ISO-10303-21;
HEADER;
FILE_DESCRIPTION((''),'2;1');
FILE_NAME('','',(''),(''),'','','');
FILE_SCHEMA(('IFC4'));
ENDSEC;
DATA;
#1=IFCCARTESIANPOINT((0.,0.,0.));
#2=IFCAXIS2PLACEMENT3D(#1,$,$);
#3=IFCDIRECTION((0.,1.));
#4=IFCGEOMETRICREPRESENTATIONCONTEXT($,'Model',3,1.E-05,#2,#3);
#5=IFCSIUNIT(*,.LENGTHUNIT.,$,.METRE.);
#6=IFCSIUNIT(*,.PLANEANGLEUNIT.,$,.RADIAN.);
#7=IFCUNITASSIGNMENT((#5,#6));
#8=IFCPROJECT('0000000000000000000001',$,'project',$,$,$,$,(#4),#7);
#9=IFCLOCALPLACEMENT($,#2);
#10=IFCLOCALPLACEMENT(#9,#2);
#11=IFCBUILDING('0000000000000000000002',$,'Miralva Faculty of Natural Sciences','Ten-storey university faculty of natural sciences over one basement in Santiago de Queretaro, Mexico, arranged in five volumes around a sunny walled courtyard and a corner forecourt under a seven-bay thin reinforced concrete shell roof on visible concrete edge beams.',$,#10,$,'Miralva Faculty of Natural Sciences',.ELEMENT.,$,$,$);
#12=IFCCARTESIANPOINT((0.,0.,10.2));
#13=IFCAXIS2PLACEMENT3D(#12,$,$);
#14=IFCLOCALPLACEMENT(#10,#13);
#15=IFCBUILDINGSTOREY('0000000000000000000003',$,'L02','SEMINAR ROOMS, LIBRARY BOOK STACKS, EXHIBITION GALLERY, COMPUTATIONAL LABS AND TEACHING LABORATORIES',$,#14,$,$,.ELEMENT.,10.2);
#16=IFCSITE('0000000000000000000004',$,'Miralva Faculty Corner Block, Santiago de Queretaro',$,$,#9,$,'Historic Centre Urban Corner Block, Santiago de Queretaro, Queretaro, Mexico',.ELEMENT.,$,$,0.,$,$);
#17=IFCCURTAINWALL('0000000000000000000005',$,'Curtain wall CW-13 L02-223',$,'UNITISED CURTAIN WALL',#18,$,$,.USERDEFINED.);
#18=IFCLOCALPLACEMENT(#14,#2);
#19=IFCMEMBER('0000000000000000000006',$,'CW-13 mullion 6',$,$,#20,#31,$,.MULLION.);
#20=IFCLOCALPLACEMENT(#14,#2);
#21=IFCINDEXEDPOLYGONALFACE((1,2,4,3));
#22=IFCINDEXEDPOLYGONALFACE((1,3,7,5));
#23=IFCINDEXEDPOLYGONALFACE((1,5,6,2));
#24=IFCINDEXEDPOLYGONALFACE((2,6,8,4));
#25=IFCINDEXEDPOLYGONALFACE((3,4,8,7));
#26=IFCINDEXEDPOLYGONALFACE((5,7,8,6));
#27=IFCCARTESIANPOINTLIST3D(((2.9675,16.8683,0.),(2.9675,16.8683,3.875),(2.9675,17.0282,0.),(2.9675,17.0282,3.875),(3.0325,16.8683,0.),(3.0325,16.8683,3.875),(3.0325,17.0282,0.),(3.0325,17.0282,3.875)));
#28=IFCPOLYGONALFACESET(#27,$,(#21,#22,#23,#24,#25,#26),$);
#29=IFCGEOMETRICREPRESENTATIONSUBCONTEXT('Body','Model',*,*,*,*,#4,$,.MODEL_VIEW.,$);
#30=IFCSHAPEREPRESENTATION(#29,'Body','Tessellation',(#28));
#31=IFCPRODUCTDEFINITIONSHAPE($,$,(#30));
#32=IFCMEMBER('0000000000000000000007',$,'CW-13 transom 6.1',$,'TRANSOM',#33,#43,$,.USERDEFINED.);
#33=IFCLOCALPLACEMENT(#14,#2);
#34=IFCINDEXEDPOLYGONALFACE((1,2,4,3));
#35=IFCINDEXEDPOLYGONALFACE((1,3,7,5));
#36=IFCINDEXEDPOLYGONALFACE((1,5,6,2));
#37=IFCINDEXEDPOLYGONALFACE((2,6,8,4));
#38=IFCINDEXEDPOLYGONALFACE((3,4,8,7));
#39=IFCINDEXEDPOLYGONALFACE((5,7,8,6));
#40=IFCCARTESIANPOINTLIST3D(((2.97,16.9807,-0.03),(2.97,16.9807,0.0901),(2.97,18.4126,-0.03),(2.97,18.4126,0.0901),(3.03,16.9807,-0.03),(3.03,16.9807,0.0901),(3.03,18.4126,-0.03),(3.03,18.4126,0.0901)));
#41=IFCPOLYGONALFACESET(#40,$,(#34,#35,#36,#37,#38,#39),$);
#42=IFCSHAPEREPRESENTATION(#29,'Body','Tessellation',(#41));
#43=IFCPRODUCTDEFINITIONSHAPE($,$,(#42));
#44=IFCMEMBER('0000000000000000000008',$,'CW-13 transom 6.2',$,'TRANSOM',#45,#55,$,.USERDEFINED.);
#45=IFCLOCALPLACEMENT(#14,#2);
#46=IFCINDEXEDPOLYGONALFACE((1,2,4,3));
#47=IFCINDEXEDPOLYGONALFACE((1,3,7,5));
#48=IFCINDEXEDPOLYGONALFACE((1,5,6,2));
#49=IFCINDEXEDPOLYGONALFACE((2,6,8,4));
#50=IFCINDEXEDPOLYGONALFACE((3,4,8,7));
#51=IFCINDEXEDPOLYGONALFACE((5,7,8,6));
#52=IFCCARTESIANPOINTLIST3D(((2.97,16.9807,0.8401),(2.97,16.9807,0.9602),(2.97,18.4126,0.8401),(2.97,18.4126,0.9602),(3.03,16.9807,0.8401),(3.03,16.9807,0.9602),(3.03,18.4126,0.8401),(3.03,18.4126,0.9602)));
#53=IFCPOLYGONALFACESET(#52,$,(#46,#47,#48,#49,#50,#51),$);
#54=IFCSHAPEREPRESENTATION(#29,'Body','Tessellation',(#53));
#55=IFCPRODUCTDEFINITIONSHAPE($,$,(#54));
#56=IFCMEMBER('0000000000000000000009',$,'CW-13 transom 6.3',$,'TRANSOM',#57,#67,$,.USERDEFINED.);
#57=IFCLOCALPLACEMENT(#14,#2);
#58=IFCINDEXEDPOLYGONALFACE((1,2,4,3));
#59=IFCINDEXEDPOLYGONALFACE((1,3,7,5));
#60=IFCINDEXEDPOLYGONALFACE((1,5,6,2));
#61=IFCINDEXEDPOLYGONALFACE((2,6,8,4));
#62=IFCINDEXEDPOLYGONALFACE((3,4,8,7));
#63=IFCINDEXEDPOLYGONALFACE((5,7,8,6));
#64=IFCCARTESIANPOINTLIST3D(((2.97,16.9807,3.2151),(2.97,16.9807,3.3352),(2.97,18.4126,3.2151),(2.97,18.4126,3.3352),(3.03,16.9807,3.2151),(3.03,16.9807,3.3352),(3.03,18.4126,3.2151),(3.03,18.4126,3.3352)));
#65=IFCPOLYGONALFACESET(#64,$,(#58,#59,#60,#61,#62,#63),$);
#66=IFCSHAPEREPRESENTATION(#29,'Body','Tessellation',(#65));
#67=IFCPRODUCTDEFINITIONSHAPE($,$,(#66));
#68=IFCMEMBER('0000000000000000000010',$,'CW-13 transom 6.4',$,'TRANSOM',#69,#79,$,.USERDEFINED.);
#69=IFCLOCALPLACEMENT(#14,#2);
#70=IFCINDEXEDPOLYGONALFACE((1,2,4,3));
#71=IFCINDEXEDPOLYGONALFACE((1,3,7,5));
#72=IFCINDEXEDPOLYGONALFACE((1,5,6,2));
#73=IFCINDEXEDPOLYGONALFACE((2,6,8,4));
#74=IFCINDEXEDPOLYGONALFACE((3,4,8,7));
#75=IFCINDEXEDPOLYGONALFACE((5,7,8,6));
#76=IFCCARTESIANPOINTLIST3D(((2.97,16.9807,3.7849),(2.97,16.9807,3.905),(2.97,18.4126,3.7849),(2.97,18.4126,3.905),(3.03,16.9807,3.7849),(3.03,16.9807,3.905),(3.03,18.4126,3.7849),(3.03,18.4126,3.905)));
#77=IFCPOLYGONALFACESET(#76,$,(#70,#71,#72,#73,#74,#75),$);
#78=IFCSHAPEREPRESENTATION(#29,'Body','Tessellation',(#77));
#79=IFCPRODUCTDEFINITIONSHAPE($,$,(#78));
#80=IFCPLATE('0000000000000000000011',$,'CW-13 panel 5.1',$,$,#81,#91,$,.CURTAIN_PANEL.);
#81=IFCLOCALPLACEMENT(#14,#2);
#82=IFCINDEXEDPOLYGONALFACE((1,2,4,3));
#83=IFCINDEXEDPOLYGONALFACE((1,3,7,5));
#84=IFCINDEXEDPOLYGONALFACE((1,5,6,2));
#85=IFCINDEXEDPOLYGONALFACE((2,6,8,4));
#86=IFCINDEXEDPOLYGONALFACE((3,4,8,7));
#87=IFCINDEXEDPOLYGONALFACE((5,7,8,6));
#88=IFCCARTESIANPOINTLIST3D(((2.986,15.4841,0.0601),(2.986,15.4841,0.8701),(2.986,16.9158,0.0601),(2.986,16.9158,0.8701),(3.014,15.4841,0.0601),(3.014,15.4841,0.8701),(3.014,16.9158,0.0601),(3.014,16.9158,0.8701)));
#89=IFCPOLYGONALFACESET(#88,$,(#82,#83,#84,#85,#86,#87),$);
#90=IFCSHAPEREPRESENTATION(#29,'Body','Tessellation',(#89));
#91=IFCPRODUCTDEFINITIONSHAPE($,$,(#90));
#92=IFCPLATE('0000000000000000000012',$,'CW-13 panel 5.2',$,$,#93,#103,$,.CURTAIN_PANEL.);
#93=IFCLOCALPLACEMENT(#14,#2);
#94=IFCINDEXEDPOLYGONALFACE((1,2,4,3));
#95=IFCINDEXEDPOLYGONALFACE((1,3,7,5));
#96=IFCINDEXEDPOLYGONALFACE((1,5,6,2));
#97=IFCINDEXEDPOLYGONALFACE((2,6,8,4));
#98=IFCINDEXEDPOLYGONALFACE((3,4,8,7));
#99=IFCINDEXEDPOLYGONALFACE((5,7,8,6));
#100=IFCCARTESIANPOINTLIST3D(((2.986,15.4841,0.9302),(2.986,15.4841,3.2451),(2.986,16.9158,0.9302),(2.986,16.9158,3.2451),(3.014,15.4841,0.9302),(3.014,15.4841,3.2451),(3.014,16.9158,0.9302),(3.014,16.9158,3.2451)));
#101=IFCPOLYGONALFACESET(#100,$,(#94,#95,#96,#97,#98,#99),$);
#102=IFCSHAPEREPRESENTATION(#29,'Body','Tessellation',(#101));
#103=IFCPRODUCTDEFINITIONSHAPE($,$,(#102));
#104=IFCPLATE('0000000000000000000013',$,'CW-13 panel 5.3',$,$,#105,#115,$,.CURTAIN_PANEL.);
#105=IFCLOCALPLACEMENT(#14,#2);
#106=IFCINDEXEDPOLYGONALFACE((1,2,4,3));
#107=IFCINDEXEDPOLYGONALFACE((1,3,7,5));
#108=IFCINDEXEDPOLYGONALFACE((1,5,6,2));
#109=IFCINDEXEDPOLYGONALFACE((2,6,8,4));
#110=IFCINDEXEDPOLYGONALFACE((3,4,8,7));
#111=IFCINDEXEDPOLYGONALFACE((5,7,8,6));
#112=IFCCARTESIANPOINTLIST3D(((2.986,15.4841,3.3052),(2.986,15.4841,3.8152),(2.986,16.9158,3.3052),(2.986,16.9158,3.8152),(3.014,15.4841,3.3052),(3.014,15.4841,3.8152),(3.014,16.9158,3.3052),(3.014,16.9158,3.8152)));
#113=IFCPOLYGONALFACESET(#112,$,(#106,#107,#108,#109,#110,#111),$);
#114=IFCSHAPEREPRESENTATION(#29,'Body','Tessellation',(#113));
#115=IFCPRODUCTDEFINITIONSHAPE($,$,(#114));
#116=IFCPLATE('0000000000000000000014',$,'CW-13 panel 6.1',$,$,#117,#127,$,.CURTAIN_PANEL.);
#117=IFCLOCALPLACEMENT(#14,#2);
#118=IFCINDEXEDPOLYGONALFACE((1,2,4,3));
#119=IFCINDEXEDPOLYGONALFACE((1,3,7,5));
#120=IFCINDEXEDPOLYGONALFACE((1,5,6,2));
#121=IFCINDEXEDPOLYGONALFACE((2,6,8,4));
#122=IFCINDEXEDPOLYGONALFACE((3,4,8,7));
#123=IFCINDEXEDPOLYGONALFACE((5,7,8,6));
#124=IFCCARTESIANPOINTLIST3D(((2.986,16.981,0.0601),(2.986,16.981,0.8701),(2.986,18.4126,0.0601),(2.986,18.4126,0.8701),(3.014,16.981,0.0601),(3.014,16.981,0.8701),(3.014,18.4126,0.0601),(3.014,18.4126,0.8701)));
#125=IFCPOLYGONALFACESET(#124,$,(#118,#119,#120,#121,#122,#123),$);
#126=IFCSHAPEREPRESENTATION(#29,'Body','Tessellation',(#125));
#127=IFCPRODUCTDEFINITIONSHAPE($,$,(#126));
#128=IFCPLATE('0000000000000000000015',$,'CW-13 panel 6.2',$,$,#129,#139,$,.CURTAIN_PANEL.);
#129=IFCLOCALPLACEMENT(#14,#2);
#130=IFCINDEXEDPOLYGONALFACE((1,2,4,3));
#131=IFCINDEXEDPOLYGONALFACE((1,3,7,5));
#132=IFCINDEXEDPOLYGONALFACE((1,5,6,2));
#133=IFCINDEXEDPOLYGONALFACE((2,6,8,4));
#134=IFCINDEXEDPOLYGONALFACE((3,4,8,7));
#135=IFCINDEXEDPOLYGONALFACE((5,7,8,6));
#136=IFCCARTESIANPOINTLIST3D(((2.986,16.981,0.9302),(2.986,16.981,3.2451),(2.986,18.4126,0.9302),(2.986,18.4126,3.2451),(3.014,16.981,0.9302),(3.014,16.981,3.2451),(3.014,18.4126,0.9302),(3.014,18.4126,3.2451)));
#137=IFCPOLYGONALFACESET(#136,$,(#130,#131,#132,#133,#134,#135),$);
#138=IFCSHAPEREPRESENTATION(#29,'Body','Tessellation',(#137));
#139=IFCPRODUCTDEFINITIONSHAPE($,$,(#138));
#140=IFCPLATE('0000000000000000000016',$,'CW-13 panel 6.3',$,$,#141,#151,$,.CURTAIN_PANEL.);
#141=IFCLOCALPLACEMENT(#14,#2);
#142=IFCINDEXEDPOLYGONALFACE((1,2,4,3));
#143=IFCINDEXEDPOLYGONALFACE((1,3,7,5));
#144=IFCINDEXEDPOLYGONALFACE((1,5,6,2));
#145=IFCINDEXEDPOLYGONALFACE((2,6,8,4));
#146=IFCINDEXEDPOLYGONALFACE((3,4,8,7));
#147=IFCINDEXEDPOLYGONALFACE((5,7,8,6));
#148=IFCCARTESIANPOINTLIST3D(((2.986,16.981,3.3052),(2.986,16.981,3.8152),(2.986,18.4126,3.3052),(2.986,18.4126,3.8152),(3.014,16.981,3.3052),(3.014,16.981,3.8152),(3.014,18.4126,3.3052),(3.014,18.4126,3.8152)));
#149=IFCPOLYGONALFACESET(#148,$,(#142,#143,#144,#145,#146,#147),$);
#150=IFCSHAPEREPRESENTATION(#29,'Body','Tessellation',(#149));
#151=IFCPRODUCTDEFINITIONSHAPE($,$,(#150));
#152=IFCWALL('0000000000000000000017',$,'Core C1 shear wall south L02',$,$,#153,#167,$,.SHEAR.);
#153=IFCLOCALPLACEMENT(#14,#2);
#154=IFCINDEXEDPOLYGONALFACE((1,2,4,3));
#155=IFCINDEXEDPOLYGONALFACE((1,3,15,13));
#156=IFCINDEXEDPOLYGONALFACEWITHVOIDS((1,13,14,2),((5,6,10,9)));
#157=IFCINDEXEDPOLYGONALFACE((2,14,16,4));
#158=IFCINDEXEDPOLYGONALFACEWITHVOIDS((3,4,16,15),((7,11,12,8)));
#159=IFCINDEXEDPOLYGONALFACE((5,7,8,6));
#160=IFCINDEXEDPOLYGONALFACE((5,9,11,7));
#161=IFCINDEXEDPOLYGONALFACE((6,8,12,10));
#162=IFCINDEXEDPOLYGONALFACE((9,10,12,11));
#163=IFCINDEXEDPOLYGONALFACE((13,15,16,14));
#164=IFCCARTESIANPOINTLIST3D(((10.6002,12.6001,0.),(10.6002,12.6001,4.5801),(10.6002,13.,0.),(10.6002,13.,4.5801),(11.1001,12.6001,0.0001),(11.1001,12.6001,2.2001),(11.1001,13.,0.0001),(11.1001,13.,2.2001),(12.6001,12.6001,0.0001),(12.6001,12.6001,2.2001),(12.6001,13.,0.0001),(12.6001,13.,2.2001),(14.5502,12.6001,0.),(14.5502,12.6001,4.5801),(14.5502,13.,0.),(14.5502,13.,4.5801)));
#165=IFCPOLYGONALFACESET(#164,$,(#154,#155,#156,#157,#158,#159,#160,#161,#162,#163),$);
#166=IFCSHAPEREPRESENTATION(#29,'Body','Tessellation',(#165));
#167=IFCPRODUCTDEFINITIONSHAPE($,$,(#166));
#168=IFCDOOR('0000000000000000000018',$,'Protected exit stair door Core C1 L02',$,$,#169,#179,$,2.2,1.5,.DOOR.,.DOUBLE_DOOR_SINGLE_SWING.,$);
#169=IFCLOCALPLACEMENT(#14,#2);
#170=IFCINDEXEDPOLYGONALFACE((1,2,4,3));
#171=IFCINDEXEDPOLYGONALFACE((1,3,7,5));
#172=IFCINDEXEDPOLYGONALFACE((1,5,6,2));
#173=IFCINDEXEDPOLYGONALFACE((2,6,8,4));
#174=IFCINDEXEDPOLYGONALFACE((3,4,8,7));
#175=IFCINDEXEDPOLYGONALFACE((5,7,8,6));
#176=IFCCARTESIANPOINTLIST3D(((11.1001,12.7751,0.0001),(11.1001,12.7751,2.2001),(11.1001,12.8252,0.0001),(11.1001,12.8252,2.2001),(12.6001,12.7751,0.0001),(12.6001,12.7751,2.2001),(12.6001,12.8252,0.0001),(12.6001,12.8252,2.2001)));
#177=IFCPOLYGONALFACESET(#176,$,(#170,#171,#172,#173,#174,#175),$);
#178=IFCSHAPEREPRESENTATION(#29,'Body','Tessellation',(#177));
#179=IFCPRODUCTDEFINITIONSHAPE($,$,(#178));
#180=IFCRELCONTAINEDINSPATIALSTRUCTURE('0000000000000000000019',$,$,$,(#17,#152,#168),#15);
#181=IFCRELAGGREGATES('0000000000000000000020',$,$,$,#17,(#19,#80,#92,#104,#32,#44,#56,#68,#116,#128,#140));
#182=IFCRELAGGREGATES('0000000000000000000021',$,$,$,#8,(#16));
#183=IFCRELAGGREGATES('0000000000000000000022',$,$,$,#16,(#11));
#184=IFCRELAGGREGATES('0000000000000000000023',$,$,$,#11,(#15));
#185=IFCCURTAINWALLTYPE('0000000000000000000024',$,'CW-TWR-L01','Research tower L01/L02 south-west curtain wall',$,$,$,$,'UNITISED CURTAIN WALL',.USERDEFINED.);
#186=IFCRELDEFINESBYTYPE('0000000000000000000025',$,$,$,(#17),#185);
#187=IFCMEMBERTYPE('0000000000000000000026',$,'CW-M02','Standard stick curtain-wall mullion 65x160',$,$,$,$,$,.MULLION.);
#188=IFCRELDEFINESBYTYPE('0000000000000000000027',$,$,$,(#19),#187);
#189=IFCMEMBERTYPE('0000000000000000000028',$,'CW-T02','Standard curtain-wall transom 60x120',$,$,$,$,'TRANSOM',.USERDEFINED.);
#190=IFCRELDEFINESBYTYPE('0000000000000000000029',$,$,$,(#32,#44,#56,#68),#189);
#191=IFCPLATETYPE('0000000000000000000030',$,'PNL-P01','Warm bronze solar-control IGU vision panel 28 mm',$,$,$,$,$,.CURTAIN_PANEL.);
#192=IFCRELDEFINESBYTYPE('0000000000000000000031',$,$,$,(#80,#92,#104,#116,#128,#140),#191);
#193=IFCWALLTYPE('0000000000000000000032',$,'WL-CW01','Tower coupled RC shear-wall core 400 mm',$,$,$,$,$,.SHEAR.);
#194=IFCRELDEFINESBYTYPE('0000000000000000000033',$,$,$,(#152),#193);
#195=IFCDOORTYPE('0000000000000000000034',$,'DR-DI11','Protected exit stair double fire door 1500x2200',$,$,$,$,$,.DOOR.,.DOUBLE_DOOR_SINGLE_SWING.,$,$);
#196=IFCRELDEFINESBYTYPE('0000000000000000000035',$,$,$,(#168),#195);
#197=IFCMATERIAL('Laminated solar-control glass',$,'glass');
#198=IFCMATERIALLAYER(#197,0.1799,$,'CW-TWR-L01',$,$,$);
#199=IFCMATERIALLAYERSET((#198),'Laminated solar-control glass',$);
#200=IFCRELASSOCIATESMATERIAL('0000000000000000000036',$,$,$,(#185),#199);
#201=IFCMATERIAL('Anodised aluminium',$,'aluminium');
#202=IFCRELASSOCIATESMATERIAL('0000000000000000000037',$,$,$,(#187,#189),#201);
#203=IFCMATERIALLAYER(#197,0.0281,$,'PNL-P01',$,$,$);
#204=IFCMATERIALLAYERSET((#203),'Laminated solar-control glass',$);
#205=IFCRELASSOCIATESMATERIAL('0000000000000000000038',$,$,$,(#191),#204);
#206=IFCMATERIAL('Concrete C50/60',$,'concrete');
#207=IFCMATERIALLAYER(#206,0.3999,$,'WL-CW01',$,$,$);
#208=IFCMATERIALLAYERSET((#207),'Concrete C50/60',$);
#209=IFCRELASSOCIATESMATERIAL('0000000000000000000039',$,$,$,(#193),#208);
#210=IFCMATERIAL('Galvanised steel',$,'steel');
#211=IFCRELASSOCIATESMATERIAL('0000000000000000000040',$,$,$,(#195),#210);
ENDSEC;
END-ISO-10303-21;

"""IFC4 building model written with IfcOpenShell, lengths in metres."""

from ifc_helpers import new_model, si_unit, direction, frame, frame_2d, origin, origin_2d, place, context, subcontext, project, spatial, rectangle, extrude, material, layer, layer_set, material_profile, profile_set, type_object, element, fill, aggregate, save


model = new_model("IFC4")

# Units and contexts
model_context = context("Model", 3, precision=1e-05, world=origin(), true_north=direction((0.0, 1.0)))
body_context = subcontext(model_context, "Body", "Model", "MODEL_VIEW")
ifc_project = project(units=[si_unit("LENGTHUNIT", "METRE"), si_unit("PLANEANGLEUNIT", "RADIAN")], contexts=[model_context])

# Site, building, storey
site_placement = place(None, origin())
site = spatial("IfcSite", under=ifc_project, at=site_placement, Name="Miralva Faculty Corner Block, Santiago de Queretaro", LongName="Historic Centre Urban Corner Block, Santiago de Queretaro, Queretaro, Mexico", CompositionType="ELEMENT", RefElevation=0.0)
building_placement = place(site_placement, origin())
building = spatial("IfcBuilding", under=site, at=building_placement, Name="Miralva Faculty of Natural Sciences", Description="Ten-storey university faculty of natural sciences over one basement in Santiago de Queretaro, Mexico, arranged in five volumes around a sunny walled courtyard and a corner forecourt under a seven-bay thin reinforced concrete shell roof on visible concrete edge beams.", LongName="Miralva Faculty of Natural Sciences", CompositionType="ELEMENT")
storey_placement = place(building_placement, frame((0.0, 0.0, 10.2)))
storey = spatial("IfcBuildingStorey", under=building, at=storey_placement, Name="L02", Description="SEMINAR ROOMS, LIBRARY BOOK STACKS, EXHIBITION GALLERY, COMPUTATIONAL LABS AND TEACHING LABORATORIES", CompositionType="ELEMENT", Elevation=10.2)

# Curtain wall, members, plates
ifc_material_1 = material(Name="Laminated solar-control glass", Category="glass")
ifc_layer_1 = layer(ifc_material_1, 0.1799, Name="CW-TWR-L01")
ifc_layer_set_1 = layer_set([ifc_layer_1], Name="Laminated solar-control glass")
curtain_wall_type = type_object("IfcCurtainWallType", Name="CW-TWR-L01", Description="Research tower L01/L02 south-west curtain wall", ElementType="UNITISED CURTAIN WALL", PredefinedType="USERDEFINED", material=ifc_layer_set_1)
curtain_wall_placement = place(storey_placement, origin())
curtain_wall = element("IfcCurtainWall", 1, at=curtain_wall_placement, inside=storey, type_object=curtain_wall_type, Name="Curtain wall CW-13 L02-223", ObjectType="UNITISED CURTAIN WALL", PredefinedType="USERDEFINED")
ifc_material_2 = material(Name="Anodised aluminium", Category="aluminium")
ifc_material_profile_1 = material_profile(ifc_material_2, rectangle(XDim=0.0649, YDim=0.1599, at=origin_2d()), Name="MULLION 65x160")
ifc_profile_set_1 = profile_set([ifc_material_profile_1], Name="Anodised aluminium")
member_type_1 = type_object("IfcMemberType", Name="CW-M02", Description="Standard stick curtain-wall mullion 65x160", PredefinedType="MULLION", material=ifc_profile_set_1)
member_1_placement = place(storey_placement, frame((3.0, 16.9482, 0.0), z_axis=(0.0, 0.0, 1.0), x_axis=(-1.0, 0.0, 0.0)))
member_1 = element("IfcMember", 2, at=member_1_placement, type_object=member_type_1, Name="CW-13 mullion 6", PredefinedType="MULLION", context=body_context, shape_type="SweptSolid", body=[
    extrude(rectangle(XDim=0.0649, YDim=0.1599, at=origin_2d()), origin(), (0.0, 0.0, 1.0), 3.875),
])
ifc_material_profile_2 = material_profile(ifc_material_2, rectangle(XDim=0.0601, YDim=0.1201, at=origin_2d()), Name="TRANSOM 60x120")
ifc_profile_set_2 = profile_set([ifc_material_profile_2], Name="Anodised aluminium")
member_type_2 = type_object("IfcMemberType", Name="CW-T02", Description="Standard curtain-wall transom 60x120", ElementType="TRANSOM", PredefinedType="USERDEFINED", material=ifc_profile_set_2)
member_2_placement = place(storey_placement, frame((3.0, 16.9807, 0.03), z_axis=(0.0, 1.0, 0.0), x_axis=(-1.0, 0.0, 0.0)))
member_2 = element("IfcMember", 3, at=member_2_placement, type_object=member_type_2, Name="CW-13 transom 6.1", ObjectType="TRANSOM", PredefinedType="USERDEFINED", context=body_context, shape_type="SweptSolid", body=[
    extrude(rectangle(XDim=0.0601, YDim=0.1201, at=origin_2d()), origin(), (0.0, 0.0, 1.0), 1.4319),
])
member_3_placement = place(storey_placement, frame((3.0, 16.9807, 0.9001), z_axis=(0.0, 1.0, 0.0), x_axis=(-1.0, 0.0, 0.0)))
member_3 = element("IfcMember", 4, at=member_3_placement, type_object=member_type_2, Name="CW-13 transom 6.2", ObjectType="TRANSOM", PredefinedType="USERDEFINED", context=body_context, shape_type="SweptSolid", body=[
    extrude(rectangle(XDim=0.0601, YDim=0.1201, at=origin_2d()), origin(), (0.0, 0.0, 1.0), 1.4319),
])
member_4_placement = place(storey_placement, frame((3.0, 16.9807, 3.2751), z_axis=(0.0, 1.0, 0.0), x_axis=(-1.0, 0.0, 0.0)))
member_4 = element("IfcMember", 5, at=member_4_placement, type_object=member_type_2, Name="CW-13 transom 6.3", ObjectType="TRANSOM", PredefinedType="USERDEFINED", context=body_context, shape_type="SweptSolid", body=[
    extrude(rectangle(XDim=0.0601, YDim=0.1201, at=origin_2d()), origin(), (0.0, 0.0, 1.0), 1.4319),
])
member_5_placement = place(storey_placement, frame((3.0, 16.9807, 3.845), z_axis=(0.0, 1.0, 0.0), x_axis=(-1.0, 0.0, 0.0)))
member_5 = element("IfcMember", 6, at=member_5_placement, type_object=member_type_2, Name="CW-13 transom 6.4", ObjectType="TRANSOM", PredefinedType="USERDEFINED", context=body_context, shape_type="SweptSolid", body=[
    extrude(rectangle(XDim=0.0601, YDim=0.1201, at=origin_2d()), origin(), (0.0, 0.0, 1.0), 1.4319),
])
ifc_layer_2 = layer(ifc_material_1, 0.0281, Name="PNL-P01")
ifc_layer_set_2 = layer_set([ifc_layer_2], Name="Laminated solar-control glass")
plate_type = type_object("IfcPlateType", Name="PNL-P01", Description="Warm bronze solar-control IGU vision panel 28 mm", PredefinedType="CURTAIN_PANEL", material=ifc_layer_set_2)
plate_1_placement = place(storey_placement, frame((3.0, 16.2, 0.0601), z_axis=(0.0, 0.0, 1.0), x_axis=(0.0, 1.0, 0.0)))
plate_1 = element("IfcPlate", 7, at=plate_1_placement, type_object=plate_type, Name="CW-13 panel 5.1", PredefinedType="CURTAIN_PANEL", context=body_context, shape_type="SweptSolid", body=[
    extrude(rectangle(XDim=1.4316, YDim=0.0281, at=origin_2d()), origin(), (0.0, 0.0, 1.0), 0.8101),
])
plate_2_placement = place(storey_placement, frame((3.0, 16.2, 0.9302), z_axis=(0.0, 0.0, 1.0), x_axis=(0.0, 1.0, 0.0)))
plate_2 = element("IfcPlate", 8, at=plate_2_placement, type_object=plate_type, Name="CW-13 panel 5.2", PredefinedType="CURTAIN_PANEL", context=body_context, shape_type="SweptSolid", body=[
    extrude(rectangle(XDim=1.4316, YDim=0.0281, at=origin_2d()), origin(), (0.0, 0.0, 1.0), 2.3149),
])
plate_3_placement = place(storey_placement, frame((3.0, 16.2, 3.3052), z_axis=(0.0, 0.0, 1.0), x_axis=(0.0, 1.0, 0.0)))
plate_3 = element("IfcPlate", 9, at=plate_3_placement, type_object=plate_type, Name="CW-13 panel 5.3", PredefinedType="CURTAIN_PANEL", context=body_context, shape_type="SweptSolid", body=[
    extrude(rectangle(XDim=1.4316, YDim=0.0281, at=origin_2d()), origin(), (0.0, 0.0, 1.0), 0.51),
])
plate_4_placement = place(storey_placement, frame((3.0, 17.6968, 0.0601), z_axis=(0.0, 0.0, 1.0), x_axis=(0.0, 1.0, 0.0)))
plate_4 = element("IfcPlate", 10, at=plate_4_placement, type_object=plate_type, Name="CW-13 panel 6.1", PredefinedType="CURTAIN_PANEL", context=body_context, shape_type="SweptSolid", body=[
    extrude(rectangle(XDim=1.4316, YDim=0.0281, at=origin_2d()), origin(), (0.0, 0.0, 1.0), 0.8101),
])
plate_5_placement = place(storey_placement, frame((3.0, 17.6968, 0.9302), z_axis=(0.0, 0.0, 1.0), x_axis=(0.0, 1.0, 0.0)))
plate_5 = element("IfcPlate", 11, at=plate_5_placement, type_object=plate_type, Name="CW-13 panel 6.2", PredefinedType="CURTAIN_PANEL", context=body_context, shape_type="SweptSolid", body=[
    extrude(rectangle(XDim=1.4316, YDim=0.0281, at=origin_2d()), origin(), (0.0, 0.0, 1.0), 2.3149),
])
plate_6_placement = place(storey_placement, frame((3.0, 17.6968, 3.3052), z_axis=(0.0, 0.0, 1.0), x_axis=(0.0, 1.0, 0.0)))
plate_6 = element("IfcPlate", 12, at=plate_6_placement, type_object=plate_type, Name="CW-13 panel 6.3", PredefinedType="CURTAIN_PANEL", context=body_context, shape_type="SweptSolid", body=[
    extrude(rectangle(XDim=1.4316, YDim=0.0281, at=origin_2d()), origin(), (0.0, 0.0, 1.0), 0.51),
])
aggregate(curtain_wall, [member_1, plate_1, plate_2, plate_3, member_2, member_3, member_4, member_5, plate_4, plate_5, plate_6])

# Wall, opening, door
ifc_material_3 = material(Name="Concrete C50/60", Category="concrete")
ifc_layer_3 = layer(ifc_material_3, 0.3999, Name="WL-CW01")
ifc_layer_set_3 = layer_set([ifc_layer_3], Name="Concrete C50/60")
wall_type_1 = type_object("IfcWallType", Name="WL-CW01", Description="Tower coupled RC shear-wall core 400 mm", PredefinedType="SHEAR", material=ifc_layer_set_3)
wall_1_placement = place(storey_placement, frame((10.6001, 12.8, 0.0), z_axis=(0.0, 0.0, 1.0), x_axis=(1.0, 0.0, 0.0)))
wall_1 = element("IfcWall", 13, at=wall_1_placement, inside=storey, type_object=wall_type_1, Name="Core C1 shear wall south L02", PredefinedType="SHEAR", context=body_context, shape_type="SweptSolid", body=[
    extrude(rectangle(XDim=3.95, YDim=0.3999, at=frame_2d((1.9751, 0.0))), origin(), (0.0, 0.0, 1.0), 4.5801),
])
opening_1_placement = place(wall_1_placement, frame((0.5, 0.0, 0.0)))
opening_1 = element("IfcOpeningElement", 14, at=opening_1_placement, cuts=wall_1, PredefinedType="OPENING", context=body_context, shape_type="SweptSolid", body=[
    extrude(rectangle(XDim=1.5, YDim=2.2, at=frame_2d((0.75, 1.1001))), frame((0.0, 0.21, 0.0), z_axis=(0.0, -1.0, 0.0), x_axis=(1.0, 0.0, 0.0)), (0.0, 0.0, 1.0), 0.4199),
])
ifc_material_4 = material(Name="Galvanised steel", Category="steel")
door_type_1 = type_object("IfcDoorType", Name="DR-DI11", Description="Protected exit stair double fire door 1500x2200", OperationType="DOUBLE_DOOR_SINGLE_SWING", PredefinedType="DOOR", material=ifc_material_4)
door_1_placement = place(opening_1_placement, frame((1.5, 0.0, 0.0), z_axis=(0.0, 0.0, 1.0), x_axis=(-1.0, 0.0, 0.0)))
door_1 = element("IfcDoor", 15, at=door_1_placement, inside=storey, type_object=door_type_1, Name="Protected exit stair door Core C1 L02", OperationType="DOUBLE_DOOR_SINGLE_SWING", OverallHeight=2.2, OverallWidth=1.5, PredefinedType="DOOR", context=body_context, shape_type="SweptSolid", body=[
    extrude(rectangle(XDim=1.5, YDim=2.2, at=frame_2d((0.75, 1.1001))), frame((0.0, 0.0249, 0.0), z_axis=(0.0, -1.0, 0.0), x_axis=(1.0, 0.0, 0.0)), (0.0, 0.0, 1.0), 0.05),
])
fill(opening_1, door_1)

save(model, "model.ifc")
